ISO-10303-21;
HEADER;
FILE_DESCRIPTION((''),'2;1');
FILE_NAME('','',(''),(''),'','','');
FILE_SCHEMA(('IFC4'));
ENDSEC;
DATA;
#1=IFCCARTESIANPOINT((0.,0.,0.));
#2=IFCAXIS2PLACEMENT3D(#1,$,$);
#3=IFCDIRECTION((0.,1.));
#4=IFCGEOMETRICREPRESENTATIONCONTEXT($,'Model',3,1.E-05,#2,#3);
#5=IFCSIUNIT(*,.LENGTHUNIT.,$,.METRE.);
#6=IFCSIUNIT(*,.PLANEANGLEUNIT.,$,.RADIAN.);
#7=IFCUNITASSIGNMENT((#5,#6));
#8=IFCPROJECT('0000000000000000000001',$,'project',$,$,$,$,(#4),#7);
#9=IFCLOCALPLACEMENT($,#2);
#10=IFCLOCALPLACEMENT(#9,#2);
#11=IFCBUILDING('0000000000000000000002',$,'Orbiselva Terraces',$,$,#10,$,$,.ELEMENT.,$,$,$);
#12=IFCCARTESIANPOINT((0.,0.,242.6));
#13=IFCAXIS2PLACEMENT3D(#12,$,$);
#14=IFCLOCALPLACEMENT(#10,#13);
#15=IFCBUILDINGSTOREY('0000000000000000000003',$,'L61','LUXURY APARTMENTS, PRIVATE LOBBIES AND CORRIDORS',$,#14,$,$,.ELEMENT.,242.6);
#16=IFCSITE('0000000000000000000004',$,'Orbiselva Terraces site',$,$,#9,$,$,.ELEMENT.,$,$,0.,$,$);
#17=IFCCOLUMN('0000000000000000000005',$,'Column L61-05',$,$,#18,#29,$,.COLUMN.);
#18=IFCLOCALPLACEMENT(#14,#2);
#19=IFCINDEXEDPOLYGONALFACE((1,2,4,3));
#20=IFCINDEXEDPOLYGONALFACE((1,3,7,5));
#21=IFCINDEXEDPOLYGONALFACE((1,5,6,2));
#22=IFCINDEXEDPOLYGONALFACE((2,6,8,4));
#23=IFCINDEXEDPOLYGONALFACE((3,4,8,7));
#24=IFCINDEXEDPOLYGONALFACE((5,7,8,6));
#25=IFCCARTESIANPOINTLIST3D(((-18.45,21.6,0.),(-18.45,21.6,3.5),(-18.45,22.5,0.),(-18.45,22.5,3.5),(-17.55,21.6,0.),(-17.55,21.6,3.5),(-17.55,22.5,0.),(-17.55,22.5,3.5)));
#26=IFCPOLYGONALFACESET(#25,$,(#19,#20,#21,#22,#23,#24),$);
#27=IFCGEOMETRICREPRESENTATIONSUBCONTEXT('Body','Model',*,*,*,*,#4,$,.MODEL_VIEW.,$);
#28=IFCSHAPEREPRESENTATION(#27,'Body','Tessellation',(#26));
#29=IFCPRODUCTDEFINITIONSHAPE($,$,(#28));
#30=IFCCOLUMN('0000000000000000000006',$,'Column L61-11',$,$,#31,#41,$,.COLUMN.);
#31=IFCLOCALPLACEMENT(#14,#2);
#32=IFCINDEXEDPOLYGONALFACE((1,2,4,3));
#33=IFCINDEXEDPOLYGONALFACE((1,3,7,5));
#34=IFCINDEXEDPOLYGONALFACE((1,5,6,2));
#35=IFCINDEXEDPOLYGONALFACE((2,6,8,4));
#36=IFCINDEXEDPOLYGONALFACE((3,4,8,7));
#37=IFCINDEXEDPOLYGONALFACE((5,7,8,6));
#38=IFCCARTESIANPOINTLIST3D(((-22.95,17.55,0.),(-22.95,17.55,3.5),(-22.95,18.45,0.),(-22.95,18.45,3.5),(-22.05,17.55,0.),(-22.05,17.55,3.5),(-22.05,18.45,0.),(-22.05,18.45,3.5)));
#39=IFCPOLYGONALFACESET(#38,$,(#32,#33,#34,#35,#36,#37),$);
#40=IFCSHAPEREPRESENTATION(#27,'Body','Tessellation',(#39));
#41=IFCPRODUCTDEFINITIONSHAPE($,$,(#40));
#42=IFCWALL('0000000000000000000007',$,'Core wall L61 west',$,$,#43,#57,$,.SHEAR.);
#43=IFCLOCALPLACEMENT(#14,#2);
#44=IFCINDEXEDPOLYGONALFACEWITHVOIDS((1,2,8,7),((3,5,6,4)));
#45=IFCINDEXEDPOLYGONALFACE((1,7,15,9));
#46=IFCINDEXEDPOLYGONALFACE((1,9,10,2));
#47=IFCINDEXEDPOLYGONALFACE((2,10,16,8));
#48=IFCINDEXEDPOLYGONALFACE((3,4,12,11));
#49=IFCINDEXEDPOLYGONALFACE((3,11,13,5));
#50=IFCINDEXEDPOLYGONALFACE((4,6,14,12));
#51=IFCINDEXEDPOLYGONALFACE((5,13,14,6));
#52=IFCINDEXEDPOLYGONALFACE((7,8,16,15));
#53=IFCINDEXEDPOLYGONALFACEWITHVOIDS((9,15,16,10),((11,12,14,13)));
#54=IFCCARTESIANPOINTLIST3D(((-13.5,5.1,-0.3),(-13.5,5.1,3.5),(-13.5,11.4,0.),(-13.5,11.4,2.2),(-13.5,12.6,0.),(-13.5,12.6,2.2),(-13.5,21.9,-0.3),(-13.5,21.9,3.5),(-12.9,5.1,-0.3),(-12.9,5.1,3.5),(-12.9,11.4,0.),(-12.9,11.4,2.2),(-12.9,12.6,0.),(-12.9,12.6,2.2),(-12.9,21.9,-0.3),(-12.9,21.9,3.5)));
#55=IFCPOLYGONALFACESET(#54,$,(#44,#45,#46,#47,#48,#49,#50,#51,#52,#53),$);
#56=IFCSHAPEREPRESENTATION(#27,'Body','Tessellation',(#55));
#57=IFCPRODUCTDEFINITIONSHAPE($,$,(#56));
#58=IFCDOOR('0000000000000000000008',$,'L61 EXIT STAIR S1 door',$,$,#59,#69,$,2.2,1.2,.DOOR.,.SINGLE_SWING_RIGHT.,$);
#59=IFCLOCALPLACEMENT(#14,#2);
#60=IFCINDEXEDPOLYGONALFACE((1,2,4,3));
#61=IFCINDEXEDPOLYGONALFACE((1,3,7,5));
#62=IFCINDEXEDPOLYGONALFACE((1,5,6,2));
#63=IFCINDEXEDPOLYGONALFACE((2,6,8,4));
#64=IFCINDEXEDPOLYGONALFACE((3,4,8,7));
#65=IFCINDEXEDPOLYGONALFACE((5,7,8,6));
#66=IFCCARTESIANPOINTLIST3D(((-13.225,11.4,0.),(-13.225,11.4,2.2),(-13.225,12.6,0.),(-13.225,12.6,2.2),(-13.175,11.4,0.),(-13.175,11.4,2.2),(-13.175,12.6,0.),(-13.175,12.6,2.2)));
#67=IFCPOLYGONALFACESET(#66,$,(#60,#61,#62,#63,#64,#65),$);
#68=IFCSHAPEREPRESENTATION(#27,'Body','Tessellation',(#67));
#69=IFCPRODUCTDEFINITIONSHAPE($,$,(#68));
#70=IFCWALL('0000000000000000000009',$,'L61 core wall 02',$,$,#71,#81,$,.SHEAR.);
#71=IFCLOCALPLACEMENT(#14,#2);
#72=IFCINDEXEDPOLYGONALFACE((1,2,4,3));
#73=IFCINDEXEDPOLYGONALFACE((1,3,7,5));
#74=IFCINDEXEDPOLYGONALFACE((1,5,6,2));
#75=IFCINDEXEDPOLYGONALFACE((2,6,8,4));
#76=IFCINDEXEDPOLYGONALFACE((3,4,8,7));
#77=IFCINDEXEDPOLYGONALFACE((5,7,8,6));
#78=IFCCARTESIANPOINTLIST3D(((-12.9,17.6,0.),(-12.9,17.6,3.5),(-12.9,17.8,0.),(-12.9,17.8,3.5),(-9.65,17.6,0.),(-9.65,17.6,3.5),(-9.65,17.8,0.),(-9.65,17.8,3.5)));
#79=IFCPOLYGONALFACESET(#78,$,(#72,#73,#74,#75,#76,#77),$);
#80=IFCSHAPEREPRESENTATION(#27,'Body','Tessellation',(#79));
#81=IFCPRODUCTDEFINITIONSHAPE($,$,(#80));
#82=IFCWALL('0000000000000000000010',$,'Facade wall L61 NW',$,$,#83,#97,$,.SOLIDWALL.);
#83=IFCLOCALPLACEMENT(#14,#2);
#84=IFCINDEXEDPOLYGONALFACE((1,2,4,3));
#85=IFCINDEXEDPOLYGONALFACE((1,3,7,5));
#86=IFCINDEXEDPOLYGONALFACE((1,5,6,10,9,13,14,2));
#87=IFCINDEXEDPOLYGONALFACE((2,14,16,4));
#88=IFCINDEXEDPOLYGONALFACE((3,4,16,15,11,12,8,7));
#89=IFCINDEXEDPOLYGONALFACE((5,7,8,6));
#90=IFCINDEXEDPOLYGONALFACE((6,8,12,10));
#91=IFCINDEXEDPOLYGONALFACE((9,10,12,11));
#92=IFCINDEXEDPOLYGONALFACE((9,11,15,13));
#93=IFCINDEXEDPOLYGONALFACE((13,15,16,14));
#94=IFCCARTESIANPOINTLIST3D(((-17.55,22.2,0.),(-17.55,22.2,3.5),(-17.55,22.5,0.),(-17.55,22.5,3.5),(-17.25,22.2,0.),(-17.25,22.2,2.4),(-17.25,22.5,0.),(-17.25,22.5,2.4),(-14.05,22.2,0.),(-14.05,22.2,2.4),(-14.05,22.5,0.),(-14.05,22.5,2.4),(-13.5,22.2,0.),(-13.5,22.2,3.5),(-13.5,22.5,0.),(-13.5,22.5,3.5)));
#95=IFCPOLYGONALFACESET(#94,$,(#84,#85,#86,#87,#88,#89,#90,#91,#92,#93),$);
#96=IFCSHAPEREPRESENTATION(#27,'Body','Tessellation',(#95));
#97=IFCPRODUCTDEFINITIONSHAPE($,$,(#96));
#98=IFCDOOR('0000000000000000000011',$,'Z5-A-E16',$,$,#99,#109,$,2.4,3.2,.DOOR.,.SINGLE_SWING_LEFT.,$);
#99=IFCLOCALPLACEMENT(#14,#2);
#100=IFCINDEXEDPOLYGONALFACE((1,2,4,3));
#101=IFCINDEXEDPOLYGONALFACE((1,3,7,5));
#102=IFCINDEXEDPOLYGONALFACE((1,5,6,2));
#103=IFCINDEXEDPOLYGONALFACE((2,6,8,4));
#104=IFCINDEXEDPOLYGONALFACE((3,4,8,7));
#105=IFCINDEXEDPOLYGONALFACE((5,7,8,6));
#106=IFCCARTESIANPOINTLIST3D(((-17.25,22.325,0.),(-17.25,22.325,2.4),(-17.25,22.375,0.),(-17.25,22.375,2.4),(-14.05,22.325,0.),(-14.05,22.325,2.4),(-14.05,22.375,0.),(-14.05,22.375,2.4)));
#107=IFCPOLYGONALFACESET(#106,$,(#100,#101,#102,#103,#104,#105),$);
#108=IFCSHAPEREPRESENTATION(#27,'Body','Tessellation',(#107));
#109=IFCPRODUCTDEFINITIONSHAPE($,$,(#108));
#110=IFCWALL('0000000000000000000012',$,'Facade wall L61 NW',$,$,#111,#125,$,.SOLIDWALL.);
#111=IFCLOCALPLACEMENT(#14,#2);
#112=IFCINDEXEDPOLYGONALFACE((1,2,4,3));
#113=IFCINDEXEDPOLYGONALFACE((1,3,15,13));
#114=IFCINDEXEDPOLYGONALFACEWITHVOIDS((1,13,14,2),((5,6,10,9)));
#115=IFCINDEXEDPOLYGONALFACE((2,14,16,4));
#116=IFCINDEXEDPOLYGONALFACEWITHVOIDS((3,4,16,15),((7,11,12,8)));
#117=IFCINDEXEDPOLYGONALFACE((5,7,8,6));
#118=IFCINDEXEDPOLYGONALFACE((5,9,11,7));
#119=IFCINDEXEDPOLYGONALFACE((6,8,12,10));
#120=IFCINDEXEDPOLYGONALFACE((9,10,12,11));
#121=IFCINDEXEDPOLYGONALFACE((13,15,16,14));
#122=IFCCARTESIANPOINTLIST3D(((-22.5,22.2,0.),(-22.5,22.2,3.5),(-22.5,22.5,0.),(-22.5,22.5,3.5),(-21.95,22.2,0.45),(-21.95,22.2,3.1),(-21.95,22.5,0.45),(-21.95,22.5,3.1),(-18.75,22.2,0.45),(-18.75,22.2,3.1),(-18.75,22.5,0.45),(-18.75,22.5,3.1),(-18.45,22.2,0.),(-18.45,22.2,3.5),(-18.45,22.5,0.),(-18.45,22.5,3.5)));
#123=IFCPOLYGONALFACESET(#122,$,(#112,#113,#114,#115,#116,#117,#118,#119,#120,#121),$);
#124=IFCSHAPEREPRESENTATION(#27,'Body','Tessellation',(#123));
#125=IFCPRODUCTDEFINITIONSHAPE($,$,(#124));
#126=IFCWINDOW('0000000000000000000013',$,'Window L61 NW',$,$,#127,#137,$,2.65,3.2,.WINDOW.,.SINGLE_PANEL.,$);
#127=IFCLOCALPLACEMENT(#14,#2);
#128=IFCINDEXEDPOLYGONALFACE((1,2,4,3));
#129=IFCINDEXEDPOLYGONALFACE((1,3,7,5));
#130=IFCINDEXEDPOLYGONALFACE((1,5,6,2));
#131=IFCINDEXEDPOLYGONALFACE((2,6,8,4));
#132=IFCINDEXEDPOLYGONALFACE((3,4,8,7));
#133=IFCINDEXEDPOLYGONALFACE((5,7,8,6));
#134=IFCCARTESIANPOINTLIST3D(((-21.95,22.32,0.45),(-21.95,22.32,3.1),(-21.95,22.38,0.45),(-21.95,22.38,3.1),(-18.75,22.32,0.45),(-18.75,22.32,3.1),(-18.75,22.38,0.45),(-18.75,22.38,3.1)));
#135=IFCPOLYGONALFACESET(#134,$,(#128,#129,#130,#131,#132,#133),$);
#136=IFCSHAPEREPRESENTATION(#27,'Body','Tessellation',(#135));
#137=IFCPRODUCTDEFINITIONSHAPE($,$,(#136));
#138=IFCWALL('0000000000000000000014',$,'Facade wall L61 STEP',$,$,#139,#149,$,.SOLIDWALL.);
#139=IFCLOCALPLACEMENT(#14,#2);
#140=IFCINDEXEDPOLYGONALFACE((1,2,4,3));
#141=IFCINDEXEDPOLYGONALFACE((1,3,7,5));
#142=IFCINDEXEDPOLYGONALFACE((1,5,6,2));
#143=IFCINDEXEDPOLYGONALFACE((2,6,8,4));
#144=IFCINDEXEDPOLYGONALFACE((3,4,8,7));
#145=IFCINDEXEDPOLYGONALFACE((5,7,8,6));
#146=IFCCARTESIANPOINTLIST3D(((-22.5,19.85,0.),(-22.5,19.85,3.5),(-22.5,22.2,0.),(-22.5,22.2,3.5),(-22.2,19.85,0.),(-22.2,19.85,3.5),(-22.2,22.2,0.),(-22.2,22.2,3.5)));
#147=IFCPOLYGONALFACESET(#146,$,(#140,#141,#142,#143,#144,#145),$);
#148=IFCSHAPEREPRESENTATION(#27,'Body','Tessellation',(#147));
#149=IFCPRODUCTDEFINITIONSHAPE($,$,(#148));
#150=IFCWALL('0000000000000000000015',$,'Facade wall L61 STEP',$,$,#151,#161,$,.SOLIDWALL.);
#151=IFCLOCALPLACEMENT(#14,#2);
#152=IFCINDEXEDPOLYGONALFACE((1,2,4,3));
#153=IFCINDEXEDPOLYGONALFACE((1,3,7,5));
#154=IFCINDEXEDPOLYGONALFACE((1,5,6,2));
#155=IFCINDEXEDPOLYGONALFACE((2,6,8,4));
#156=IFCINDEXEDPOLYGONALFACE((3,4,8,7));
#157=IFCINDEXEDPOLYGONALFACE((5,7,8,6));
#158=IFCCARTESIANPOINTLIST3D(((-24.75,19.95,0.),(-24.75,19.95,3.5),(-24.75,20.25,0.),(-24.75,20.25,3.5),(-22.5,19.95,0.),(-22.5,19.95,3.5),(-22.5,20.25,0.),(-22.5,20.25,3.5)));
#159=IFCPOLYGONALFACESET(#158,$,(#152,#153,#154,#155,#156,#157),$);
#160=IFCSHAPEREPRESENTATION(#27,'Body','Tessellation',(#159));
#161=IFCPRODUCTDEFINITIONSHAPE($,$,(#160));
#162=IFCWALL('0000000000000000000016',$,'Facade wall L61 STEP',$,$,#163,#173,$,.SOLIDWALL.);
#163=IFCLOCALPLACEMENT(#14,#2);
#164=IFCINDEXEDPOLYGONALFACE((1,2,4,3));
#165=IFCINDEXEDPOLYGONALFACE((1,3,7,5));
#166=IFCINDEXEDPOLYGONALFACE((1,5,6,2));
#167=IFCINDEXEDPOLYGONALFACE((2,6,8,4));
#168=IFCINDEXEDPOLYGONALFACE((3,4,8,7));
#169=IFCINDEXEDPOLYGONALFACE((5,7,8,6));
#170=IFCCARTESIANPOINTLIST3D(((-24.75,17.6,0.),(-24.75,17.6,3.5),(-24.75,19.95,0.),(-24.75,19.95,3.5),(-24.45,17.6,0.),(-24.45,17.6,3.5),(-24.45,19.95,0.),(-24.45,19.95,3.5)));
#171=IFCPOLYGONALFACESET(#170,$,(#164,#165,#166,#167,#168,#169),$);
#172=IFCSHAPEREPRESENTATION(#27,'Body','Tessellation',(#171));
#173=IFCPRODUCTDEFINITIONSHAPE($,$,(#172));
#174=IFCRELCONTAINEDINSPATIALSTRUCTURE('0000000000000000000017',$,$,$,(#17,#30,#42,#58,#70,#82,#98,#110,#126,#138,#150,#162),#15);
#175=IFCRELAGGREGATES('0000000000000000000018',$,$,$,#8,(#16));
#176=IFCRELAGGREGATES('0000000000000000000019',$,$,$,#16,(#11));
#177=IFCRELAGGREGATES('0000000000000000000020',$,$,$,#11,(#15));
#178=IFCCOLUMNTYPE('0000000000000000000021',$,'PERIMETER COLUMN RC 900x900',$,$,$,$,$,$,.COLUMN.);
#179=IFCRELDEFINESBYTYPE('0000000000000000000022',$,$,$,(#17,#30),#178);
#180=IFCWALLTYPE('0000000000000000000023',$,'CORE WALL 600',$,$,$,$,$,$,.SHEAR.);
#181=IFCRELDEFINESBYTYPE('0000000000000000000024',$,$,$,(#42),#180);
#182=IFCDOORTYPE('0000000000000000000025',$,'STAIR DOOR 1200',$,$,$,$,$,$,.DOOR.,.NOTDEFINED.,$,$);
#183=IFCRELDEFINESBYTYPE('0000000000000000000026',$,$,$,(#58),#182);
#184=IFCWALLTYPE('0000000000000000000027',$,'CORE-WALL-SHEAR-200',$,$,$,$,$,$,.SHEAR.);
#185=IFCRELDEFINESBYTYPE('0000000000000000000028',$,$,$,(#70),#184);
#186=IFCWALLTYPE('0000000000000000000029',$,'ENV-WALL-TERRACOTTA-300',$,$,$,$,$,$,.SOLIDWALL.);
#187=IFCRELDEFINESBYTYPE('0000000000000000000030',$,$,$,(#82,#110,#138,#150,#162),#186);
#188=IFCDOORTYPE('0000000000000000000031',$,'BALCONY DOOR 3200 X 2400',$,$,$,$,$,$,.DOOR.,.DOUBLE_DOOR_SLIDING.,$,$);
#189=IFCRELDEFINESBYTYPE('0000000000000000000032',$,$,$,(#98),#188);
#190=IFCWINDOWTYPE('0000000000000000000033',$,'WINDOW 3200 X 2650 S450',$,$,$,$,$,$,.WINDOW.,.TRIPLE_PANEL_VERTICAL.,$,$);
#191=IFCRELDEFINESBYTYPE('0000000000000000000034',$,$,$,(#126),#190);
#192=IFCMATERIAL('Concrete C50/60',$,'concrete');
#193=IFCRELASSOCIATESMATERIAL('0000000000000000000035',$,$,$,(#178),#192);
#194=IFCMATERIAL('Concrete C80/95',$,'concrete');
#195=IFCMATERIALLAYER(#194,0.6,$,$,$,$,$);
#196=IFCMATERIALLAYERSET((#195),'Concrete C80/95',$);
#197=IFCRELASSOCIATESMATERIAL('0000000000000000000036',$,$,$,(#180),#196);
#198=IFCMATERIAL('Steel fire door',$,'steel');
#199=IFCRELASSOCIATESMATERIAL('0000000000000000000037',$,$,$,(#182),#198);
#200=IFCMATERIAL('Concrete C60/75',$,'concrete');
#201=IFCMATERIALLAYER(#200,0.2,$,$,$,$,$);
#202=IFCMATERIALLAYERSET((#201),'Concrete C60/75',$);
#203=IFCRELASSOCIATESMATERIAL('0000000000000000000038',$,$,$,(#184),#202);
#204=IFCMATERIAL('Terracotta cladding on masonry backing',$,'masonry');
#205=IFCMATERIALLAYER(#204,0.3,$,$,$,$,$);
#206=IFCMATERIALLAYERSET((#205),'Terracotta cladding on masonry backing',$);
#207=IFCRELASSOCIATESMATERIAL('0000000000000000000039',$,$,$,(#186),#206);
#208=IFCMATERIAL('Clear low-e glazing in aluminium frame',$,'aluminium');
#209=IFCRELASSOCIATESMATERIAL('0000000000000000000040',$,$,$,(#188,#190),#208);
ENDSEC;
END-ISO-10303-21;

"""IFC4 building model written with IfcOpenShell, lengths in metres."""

from ifc_helpers import new_model, si_unit, direction, frame, frame_2d, origin, origin_2d, place, context, subcontext, project, spatial, rectangle, extrude, material, layer, layer_set, material_profile, profile_set, type_object, element, fill, save


model = new_model("IFC4")

# Units and contexts
model_context = context("Model", 3, precision=1e-05, world=origin(), true_north=direction((0.0, 1.0)))
body_context = subcontext(model_context, "Body", "Model", "MODEL_VIEW")
ifc_project = project(units=[si_unit("LENGTHUNIT", "METRE"), si_unit("PLANEANGLEUNIT", "RADIAN")], contexts=[model_context])

# Site, building, storey
site_placement = place(None, origin())
site = spatial("IfcSite", under=ifc_project, at=site_placement, Name="Orbiselva Terraces site", CompositionType="ELEMENT", RefElevation=0.0)
building_placement = place(site_placement, origin())
building = spatial("IfcBuilding", under=site, at=building_placement, Name="Orbiselva Terraces", CompositionType="ELEMENT")
storey_placement = place(building_placement, frame((0.0, 0.0, 242.6)))
storey = spatial("IfcBuildingStorey", under=building, at=storey_placement, Name="L61", Description="LUXURY APARTMENTS, PRIVATE LOBBIES AND CORRIDORS", CompositionType="ELEMENT", Elevation=242.6)

# Columns
ifc_material_1 = material(Name="Concrete C50/60", Category="concrete")
ifc_material_profile = material_profile(ifc_material_1, rectangle(XDim=0.9, YDim=0.9, at=origin_2d()), Name="RC 900x900")
ifc_profile_set = profile_set([ifc_material_profile], Name="Concrete C50/60")
column_type = type_object("IfcColumnType", Name="PERIMETER COLUMN RC 900x900", PredefinedType="COLUMN", material=ifc_profile_set)
for number, where, z_axis, x_axis, name in (
    (1, (-18.0, 22.05, 0.0), (0.0, 0.0, 1.0), (1.0, 0.0, 0.0), "Column L61-05"),
    (2, (-22.5, 18.0, 0.0), (0.0, 0.0, 1.0), (1.0, 0.0, 0.0), "Column L61-11"),
):
    element("IfcColumn", number, at=place(storey_placement, frame(where, z_axis=z_axis, x_axis=x_axis)), inside=storey, type_object=column_type, Name=name, PredefinedType="COLUMN", context=body_context, shape_type="SweptSolid", body=[
        extrude(rectangle(XDim=0.9, YDim=0.9, at=origin_2d()), origin(), (0.0, 0.0, 1.0), 3.5),
    ])

# Wall, opening, door
ifc_material_2 = material(Name="Concrete C80/95", Category="concrete")
ifc_layer_1 = layer(ifc_material_2, 0.6)
ifc_layer_set_1 = layer_set([ifc_layer_1], Name="Concrete C80/95")
wall_type_1 = type_object("IfcWallType", Name="CORE WALL 600", PredefinedType="SHEAR", material=ifc_layer_set_1)
wall_1_placement = place(storey_placement, frame((-13.2, 21.9, -0.3), z_axis=(0.0, 0.0, 1.0), x_axis=(0.0, -1.0, 0.0)))
wall_1 = element("IfcWall", 3, at=wall_1_placement, inside=storey, type_object=wall_type_1, Name="Core wall L61 west", PredefinedType="SHEAR", context=body_context, shape_type="SweptSolid", body=[
    extrude(rectangle(XDim=16.8, YDim=0.6, at=frame_2d((8.4, 0.0))), origin(), (0.0, 0.0, 1.0), 3.8),
])
opening_1_placement = place(wall_1_placement, frame((9.3, 0.0, 0.3)))
opening_1 = element("IfcOpeningElement", 4, at=opening_1_placement, cuts=wall_1, PredefinedType="OPENING", context=body_context, shape_type="SweptSolid", body=[
    extrude(rectangle(XDim=1.2, YDim=2.2, at=frame_2d((0.6, 1.1))), frame((0.0, 0.31, 0.0), z_axis=(0.0, -1.0, 0.0), x_axis=(1.0, 0.0, 0.0)), (0.0, 0.0, 1.0), 0.62),
])
ifc_material_3 = material(Name="Steel fire door", Category="steel")
door_type_1 = type_object("IfcDoorType", Name="STAIR DOOR 1200", OperationType="NOTDEFINED", PredefinedType="DOOR", material=ifc_material_3)
door_1_placement = place(opening_1_placement, frame((1.2, 0.0, 0.0), z_axis=(0.0, 0.0, 1.0), x_axis=(-1.0, 0.0, 0.0)))
door_1 = element("IfcDoor", 5, at=door_1_placement, inside=storey, type_object=door_type_1, Name="L61 EXIT STAIR S1 door", OperationType="SINGLE_SWING_RIGHT", OverallHeight=2.2, OverallWidth=1.2, PredefinedType="DOOR", context=body_context, shape_type="SweptSolid", body=[
    extrude(rectangle(XDim=1.2, YDim=2.2, at=frame_2d((0.6, 1.1))), frame((0.0, 0.025, 0.0), z_axis=(0.0, -1.0, 0.0), x_axis=(1.0, 0.0, 0.0)), (0.0, 0.0, 1.0), 0.05),
])
fill(opening_1, door_1)

# Wall
ifc_material_4 = material(Name="Concrete C60/75", Category="concrete")
ifc_layer_2 = layer(ifc_material_4, 0.2)
ifc_layer_set_2 = layer_set([ifc_layer_2], Name="Concrete C60/75")
wall_type_2 = type_object("IfcWallType", Name="CORE-WALL-SHEAR-200", PredefinedType="SHEAR", material=ifc_layer_set_2)
wall_2_placement = place(storey_placement, frame((-12.9, 17.7, 0.0), z_axis=(0.0, 0.0, 1.0), x_axis=(1.0, 0.0, 0.0)))
element("IfcWall", 6, at=wall_2_placement, inside=storey, type_object=wall_type_2, Name="L61 core wall 02", PredefinedType="SHEAR", context=body_context, shape_type="SweptSolid", body=[
    extrude(rectangle(XDim=3.25, YDim=0.2, at=frame_2d((1.625, 0.0))), origin(), (0.0, 0.0, 1.0), 3.5),
])

# Wall, opening, door
ifc_material_5 = material(Name="Terracotta cladding on masonry backing", Category="masonry")
ifc_layer_3 = layer(ifc_material_5, 0.3)
ifc_layer_set_3 = layer_set([ifc_layer_3], Name="Terracotta cladding on masonry backing")
wall_type_3 = type_object("IfcWallType", Name="ENV-WALL-TERRACOTTA-300", PredefinedType="SOLIDWALL", material=ifc_layer_set_3)
wall_3_placement = place(storey_placement, frame((-17.55, 22.35, 0.0), z_axis=(0.0, 0.0, 1.0), x_axis=(1.0, 0.0, 0.0)))
wall_3 = element("IfcWall", 7, at=wall_3_placement, inside=storey, type_object=wall_type_3, Name="Facade wall L61 NW", PredefinedType="SOLIDWALL", context=body_context, shape_type="SweptSolid", body=[
    extrude(rectangle(XDim=4.05, YDim=0.3, at=frame_2d((2.025, 0.0))), origin(), (0.0, 0.0, 1.0), 3.5),
])
opening_2_placement = place(wall_3_placement, frame((0.3, 0.0, 0.0)))
opening_2 = element("IfcOpeningElement", 8, at=opening_2_placement, cuts=wall_3, PredefinedType="OPENING", context=body_context, shape_type="SweptSolid", body=[
    extrude(rectangle(XDim=3.2, YDim=2.4, at=frame_2d((1.6, 1.2))), frame((0.0, 0.16, 0.0), z_axis=(0.0, -1.0, 0.0), x_axis=(1.0, 0.0, 0.0)), (0.0, 0.0, 1.0), 0.32),
])
ifc_material_6 = material(Name="Clear low-e glazing in aluminium frame", Category="aluminium")
door_type_2 = type_object("IfcDoorType", Name="BALCONY DOOR 3200 X 2400", OperationType="DOUBLE_DOOR_SLIDING", PredefinedType="DOOR", material=ifc_material_6)
door_2_placement = place(opening_2_placement, origin())
door_2 = element("IfcDoor", 9, at=door_2_placement, inside=storey, type_object=door_type_2, Name="Z5-A-E16", OperationType="SINGLE_SWING_LEFT", OverallHeight=2.4, OverallWidth=3.2, PredefinedType="DOOR", context=body_context, shape_type="SweptSolid", body=[
    extrude(rectangle(XDim=3.2, YDim=2.4, at=frame_2d((1.6, 1.2))), frame((0.0, 0.025, 0.0), z_axis=(0.0, -1.0, 0.0), x_axis=(1.0, 0.0, 0.0)), (0.0, 0.0, 1.0), 0.05),
])
fill(opening_2, door_2)

# Wall, opening, window
wall_4_placement = place(storey_placement, frame((-22.5, 22.35, 0.0), z_axis=(0.0, 0.0, 1.0), x_axis=(1.0, 0.0, 0.0)))
wall_4 = element("IfcWall", 10, at=wall_4_placement, inside=storey, type_object=wall_type_3, Name="Facade wall L61 NW", PredefinedType="SOLIDWALL", context=body_context, shape_type="SweptSolid", body=[
    extrude(rectangle(XDim=4.05, YDim=0.3, at=frame_2d((2.025, 0.0))), origin(), (0.0, 0.0, 1.0), 3.5),
])
opening_3_placement = place(wall_4_placement, frame((0.55, 0.0, 0.45)))
opening_3 = element("IfcOpeningElement", 11, at=opening_3_placement, cuts=wall_4, PredefinedType="OPENING", context=body_context, shape_type="SweptSolid", body=[
    extrude(rectangle(XDim=3.2, YDim=2.65, at=frame_2d((1.6, 1.325))), frame((0.0, 0.16, 0.0), z_axis=(0.0, -1.0, 0.0), x_axis=(1.0, 0.0, 0.0)), (0.0, 0.0, 1.0), 0.32),
])
window_type = type_object("IfcWindowType", Name="WINDOW 3200 X 2650 S450", PartitioningType="TRIPLE_PANEL_VERTICAL", PredefinedType="WINDOW", material=ifc_material_6)
window_placement = place(opening_3_placement, origin())
window = element("IfcWindow", 12, at=window_placement, inside=storey, type_object=window_type, Name="Window L61 NW", OverallHeight=2.65, OverallWidth=3.2, PartitioningType="SINGLE_PANEL", PredefinedType="WINDOW", context=body_context, shape_type="SweptSolid", body=[
    extrude(rectangle(XDim=3.2, YDim=2.65, at=frame_2d((1.6, 1.325))), frame((0.0, 0.03, 0.0), z_axis=(0.0, -1.0, 0.0), x_axis=(1.0, 0.0, 0.0)), (0.0, 0.0, 1.0), 0.06),
])
fill(opening_3, window)

# Walls
wall_5_placement = place(storey_placement, frame((-22.35, 19.85, 0.0), z_axis=(0.0, 0.0, 1.0), x_axis=(0.0, 1.0, 0.0)))
element("IfcWall", 13, at=wall_5_placement, inside=storey, type_object=wall_type_3, Name="Facade wall L61 STEP", PredefinedType="SOLIDWALL", context=body_context, shape_type="SweptSolid", body=[
    extrude(rectangle(XDim=2.35, YDim=0.3, at=frame_2d((1.175, 0.0))), origin(), (0.0, 0.0, 1.0), 3.5),
])
wall_6_placement = place(storey_placement, frame((-24.75, 20.1, 0.0), z_axis=(0.0, 0.0, 1.0), x_axis=(1.0, 0.0, 0.0)))
element("IfcWall", 14, at=wall_6_placement, inside=storey, type_object=wall_type_3, Name="Facade wall L61 STEP", PredefinedType="SOLIDWALL", context=body_context, shape_type="SweptSolid", body=[
    extrude(rectangle(XDim=2.25, YDim=0.3, at=frame_2d((1.125, 0.0))), origin(), (0.0, 0.0, 1.0), 3.5),
])
wall_7_placement = place(storey_placement, frame((-24.6, 17.6, 0.0), z_axis=(0.0, 0.0, 1.0), x_axis=(0.0, 1.0, 0.0)))
element("IfcWall", 15, at=wall_7_placement, inside=storey, type_object=wall_type_3, Name="Facade wall L61 STEP", PredefinedType="SOLIDWALL", context=body_context, shape_type="SweptSolid", body=[
    extrude(rectangle(XDim=2.35, YDim=0.3, at=frame_2d((1.175, 0.0))), origin(), (0.0, 0.0, 1.0), 3.5),
])

save(model, "model.ifc")
